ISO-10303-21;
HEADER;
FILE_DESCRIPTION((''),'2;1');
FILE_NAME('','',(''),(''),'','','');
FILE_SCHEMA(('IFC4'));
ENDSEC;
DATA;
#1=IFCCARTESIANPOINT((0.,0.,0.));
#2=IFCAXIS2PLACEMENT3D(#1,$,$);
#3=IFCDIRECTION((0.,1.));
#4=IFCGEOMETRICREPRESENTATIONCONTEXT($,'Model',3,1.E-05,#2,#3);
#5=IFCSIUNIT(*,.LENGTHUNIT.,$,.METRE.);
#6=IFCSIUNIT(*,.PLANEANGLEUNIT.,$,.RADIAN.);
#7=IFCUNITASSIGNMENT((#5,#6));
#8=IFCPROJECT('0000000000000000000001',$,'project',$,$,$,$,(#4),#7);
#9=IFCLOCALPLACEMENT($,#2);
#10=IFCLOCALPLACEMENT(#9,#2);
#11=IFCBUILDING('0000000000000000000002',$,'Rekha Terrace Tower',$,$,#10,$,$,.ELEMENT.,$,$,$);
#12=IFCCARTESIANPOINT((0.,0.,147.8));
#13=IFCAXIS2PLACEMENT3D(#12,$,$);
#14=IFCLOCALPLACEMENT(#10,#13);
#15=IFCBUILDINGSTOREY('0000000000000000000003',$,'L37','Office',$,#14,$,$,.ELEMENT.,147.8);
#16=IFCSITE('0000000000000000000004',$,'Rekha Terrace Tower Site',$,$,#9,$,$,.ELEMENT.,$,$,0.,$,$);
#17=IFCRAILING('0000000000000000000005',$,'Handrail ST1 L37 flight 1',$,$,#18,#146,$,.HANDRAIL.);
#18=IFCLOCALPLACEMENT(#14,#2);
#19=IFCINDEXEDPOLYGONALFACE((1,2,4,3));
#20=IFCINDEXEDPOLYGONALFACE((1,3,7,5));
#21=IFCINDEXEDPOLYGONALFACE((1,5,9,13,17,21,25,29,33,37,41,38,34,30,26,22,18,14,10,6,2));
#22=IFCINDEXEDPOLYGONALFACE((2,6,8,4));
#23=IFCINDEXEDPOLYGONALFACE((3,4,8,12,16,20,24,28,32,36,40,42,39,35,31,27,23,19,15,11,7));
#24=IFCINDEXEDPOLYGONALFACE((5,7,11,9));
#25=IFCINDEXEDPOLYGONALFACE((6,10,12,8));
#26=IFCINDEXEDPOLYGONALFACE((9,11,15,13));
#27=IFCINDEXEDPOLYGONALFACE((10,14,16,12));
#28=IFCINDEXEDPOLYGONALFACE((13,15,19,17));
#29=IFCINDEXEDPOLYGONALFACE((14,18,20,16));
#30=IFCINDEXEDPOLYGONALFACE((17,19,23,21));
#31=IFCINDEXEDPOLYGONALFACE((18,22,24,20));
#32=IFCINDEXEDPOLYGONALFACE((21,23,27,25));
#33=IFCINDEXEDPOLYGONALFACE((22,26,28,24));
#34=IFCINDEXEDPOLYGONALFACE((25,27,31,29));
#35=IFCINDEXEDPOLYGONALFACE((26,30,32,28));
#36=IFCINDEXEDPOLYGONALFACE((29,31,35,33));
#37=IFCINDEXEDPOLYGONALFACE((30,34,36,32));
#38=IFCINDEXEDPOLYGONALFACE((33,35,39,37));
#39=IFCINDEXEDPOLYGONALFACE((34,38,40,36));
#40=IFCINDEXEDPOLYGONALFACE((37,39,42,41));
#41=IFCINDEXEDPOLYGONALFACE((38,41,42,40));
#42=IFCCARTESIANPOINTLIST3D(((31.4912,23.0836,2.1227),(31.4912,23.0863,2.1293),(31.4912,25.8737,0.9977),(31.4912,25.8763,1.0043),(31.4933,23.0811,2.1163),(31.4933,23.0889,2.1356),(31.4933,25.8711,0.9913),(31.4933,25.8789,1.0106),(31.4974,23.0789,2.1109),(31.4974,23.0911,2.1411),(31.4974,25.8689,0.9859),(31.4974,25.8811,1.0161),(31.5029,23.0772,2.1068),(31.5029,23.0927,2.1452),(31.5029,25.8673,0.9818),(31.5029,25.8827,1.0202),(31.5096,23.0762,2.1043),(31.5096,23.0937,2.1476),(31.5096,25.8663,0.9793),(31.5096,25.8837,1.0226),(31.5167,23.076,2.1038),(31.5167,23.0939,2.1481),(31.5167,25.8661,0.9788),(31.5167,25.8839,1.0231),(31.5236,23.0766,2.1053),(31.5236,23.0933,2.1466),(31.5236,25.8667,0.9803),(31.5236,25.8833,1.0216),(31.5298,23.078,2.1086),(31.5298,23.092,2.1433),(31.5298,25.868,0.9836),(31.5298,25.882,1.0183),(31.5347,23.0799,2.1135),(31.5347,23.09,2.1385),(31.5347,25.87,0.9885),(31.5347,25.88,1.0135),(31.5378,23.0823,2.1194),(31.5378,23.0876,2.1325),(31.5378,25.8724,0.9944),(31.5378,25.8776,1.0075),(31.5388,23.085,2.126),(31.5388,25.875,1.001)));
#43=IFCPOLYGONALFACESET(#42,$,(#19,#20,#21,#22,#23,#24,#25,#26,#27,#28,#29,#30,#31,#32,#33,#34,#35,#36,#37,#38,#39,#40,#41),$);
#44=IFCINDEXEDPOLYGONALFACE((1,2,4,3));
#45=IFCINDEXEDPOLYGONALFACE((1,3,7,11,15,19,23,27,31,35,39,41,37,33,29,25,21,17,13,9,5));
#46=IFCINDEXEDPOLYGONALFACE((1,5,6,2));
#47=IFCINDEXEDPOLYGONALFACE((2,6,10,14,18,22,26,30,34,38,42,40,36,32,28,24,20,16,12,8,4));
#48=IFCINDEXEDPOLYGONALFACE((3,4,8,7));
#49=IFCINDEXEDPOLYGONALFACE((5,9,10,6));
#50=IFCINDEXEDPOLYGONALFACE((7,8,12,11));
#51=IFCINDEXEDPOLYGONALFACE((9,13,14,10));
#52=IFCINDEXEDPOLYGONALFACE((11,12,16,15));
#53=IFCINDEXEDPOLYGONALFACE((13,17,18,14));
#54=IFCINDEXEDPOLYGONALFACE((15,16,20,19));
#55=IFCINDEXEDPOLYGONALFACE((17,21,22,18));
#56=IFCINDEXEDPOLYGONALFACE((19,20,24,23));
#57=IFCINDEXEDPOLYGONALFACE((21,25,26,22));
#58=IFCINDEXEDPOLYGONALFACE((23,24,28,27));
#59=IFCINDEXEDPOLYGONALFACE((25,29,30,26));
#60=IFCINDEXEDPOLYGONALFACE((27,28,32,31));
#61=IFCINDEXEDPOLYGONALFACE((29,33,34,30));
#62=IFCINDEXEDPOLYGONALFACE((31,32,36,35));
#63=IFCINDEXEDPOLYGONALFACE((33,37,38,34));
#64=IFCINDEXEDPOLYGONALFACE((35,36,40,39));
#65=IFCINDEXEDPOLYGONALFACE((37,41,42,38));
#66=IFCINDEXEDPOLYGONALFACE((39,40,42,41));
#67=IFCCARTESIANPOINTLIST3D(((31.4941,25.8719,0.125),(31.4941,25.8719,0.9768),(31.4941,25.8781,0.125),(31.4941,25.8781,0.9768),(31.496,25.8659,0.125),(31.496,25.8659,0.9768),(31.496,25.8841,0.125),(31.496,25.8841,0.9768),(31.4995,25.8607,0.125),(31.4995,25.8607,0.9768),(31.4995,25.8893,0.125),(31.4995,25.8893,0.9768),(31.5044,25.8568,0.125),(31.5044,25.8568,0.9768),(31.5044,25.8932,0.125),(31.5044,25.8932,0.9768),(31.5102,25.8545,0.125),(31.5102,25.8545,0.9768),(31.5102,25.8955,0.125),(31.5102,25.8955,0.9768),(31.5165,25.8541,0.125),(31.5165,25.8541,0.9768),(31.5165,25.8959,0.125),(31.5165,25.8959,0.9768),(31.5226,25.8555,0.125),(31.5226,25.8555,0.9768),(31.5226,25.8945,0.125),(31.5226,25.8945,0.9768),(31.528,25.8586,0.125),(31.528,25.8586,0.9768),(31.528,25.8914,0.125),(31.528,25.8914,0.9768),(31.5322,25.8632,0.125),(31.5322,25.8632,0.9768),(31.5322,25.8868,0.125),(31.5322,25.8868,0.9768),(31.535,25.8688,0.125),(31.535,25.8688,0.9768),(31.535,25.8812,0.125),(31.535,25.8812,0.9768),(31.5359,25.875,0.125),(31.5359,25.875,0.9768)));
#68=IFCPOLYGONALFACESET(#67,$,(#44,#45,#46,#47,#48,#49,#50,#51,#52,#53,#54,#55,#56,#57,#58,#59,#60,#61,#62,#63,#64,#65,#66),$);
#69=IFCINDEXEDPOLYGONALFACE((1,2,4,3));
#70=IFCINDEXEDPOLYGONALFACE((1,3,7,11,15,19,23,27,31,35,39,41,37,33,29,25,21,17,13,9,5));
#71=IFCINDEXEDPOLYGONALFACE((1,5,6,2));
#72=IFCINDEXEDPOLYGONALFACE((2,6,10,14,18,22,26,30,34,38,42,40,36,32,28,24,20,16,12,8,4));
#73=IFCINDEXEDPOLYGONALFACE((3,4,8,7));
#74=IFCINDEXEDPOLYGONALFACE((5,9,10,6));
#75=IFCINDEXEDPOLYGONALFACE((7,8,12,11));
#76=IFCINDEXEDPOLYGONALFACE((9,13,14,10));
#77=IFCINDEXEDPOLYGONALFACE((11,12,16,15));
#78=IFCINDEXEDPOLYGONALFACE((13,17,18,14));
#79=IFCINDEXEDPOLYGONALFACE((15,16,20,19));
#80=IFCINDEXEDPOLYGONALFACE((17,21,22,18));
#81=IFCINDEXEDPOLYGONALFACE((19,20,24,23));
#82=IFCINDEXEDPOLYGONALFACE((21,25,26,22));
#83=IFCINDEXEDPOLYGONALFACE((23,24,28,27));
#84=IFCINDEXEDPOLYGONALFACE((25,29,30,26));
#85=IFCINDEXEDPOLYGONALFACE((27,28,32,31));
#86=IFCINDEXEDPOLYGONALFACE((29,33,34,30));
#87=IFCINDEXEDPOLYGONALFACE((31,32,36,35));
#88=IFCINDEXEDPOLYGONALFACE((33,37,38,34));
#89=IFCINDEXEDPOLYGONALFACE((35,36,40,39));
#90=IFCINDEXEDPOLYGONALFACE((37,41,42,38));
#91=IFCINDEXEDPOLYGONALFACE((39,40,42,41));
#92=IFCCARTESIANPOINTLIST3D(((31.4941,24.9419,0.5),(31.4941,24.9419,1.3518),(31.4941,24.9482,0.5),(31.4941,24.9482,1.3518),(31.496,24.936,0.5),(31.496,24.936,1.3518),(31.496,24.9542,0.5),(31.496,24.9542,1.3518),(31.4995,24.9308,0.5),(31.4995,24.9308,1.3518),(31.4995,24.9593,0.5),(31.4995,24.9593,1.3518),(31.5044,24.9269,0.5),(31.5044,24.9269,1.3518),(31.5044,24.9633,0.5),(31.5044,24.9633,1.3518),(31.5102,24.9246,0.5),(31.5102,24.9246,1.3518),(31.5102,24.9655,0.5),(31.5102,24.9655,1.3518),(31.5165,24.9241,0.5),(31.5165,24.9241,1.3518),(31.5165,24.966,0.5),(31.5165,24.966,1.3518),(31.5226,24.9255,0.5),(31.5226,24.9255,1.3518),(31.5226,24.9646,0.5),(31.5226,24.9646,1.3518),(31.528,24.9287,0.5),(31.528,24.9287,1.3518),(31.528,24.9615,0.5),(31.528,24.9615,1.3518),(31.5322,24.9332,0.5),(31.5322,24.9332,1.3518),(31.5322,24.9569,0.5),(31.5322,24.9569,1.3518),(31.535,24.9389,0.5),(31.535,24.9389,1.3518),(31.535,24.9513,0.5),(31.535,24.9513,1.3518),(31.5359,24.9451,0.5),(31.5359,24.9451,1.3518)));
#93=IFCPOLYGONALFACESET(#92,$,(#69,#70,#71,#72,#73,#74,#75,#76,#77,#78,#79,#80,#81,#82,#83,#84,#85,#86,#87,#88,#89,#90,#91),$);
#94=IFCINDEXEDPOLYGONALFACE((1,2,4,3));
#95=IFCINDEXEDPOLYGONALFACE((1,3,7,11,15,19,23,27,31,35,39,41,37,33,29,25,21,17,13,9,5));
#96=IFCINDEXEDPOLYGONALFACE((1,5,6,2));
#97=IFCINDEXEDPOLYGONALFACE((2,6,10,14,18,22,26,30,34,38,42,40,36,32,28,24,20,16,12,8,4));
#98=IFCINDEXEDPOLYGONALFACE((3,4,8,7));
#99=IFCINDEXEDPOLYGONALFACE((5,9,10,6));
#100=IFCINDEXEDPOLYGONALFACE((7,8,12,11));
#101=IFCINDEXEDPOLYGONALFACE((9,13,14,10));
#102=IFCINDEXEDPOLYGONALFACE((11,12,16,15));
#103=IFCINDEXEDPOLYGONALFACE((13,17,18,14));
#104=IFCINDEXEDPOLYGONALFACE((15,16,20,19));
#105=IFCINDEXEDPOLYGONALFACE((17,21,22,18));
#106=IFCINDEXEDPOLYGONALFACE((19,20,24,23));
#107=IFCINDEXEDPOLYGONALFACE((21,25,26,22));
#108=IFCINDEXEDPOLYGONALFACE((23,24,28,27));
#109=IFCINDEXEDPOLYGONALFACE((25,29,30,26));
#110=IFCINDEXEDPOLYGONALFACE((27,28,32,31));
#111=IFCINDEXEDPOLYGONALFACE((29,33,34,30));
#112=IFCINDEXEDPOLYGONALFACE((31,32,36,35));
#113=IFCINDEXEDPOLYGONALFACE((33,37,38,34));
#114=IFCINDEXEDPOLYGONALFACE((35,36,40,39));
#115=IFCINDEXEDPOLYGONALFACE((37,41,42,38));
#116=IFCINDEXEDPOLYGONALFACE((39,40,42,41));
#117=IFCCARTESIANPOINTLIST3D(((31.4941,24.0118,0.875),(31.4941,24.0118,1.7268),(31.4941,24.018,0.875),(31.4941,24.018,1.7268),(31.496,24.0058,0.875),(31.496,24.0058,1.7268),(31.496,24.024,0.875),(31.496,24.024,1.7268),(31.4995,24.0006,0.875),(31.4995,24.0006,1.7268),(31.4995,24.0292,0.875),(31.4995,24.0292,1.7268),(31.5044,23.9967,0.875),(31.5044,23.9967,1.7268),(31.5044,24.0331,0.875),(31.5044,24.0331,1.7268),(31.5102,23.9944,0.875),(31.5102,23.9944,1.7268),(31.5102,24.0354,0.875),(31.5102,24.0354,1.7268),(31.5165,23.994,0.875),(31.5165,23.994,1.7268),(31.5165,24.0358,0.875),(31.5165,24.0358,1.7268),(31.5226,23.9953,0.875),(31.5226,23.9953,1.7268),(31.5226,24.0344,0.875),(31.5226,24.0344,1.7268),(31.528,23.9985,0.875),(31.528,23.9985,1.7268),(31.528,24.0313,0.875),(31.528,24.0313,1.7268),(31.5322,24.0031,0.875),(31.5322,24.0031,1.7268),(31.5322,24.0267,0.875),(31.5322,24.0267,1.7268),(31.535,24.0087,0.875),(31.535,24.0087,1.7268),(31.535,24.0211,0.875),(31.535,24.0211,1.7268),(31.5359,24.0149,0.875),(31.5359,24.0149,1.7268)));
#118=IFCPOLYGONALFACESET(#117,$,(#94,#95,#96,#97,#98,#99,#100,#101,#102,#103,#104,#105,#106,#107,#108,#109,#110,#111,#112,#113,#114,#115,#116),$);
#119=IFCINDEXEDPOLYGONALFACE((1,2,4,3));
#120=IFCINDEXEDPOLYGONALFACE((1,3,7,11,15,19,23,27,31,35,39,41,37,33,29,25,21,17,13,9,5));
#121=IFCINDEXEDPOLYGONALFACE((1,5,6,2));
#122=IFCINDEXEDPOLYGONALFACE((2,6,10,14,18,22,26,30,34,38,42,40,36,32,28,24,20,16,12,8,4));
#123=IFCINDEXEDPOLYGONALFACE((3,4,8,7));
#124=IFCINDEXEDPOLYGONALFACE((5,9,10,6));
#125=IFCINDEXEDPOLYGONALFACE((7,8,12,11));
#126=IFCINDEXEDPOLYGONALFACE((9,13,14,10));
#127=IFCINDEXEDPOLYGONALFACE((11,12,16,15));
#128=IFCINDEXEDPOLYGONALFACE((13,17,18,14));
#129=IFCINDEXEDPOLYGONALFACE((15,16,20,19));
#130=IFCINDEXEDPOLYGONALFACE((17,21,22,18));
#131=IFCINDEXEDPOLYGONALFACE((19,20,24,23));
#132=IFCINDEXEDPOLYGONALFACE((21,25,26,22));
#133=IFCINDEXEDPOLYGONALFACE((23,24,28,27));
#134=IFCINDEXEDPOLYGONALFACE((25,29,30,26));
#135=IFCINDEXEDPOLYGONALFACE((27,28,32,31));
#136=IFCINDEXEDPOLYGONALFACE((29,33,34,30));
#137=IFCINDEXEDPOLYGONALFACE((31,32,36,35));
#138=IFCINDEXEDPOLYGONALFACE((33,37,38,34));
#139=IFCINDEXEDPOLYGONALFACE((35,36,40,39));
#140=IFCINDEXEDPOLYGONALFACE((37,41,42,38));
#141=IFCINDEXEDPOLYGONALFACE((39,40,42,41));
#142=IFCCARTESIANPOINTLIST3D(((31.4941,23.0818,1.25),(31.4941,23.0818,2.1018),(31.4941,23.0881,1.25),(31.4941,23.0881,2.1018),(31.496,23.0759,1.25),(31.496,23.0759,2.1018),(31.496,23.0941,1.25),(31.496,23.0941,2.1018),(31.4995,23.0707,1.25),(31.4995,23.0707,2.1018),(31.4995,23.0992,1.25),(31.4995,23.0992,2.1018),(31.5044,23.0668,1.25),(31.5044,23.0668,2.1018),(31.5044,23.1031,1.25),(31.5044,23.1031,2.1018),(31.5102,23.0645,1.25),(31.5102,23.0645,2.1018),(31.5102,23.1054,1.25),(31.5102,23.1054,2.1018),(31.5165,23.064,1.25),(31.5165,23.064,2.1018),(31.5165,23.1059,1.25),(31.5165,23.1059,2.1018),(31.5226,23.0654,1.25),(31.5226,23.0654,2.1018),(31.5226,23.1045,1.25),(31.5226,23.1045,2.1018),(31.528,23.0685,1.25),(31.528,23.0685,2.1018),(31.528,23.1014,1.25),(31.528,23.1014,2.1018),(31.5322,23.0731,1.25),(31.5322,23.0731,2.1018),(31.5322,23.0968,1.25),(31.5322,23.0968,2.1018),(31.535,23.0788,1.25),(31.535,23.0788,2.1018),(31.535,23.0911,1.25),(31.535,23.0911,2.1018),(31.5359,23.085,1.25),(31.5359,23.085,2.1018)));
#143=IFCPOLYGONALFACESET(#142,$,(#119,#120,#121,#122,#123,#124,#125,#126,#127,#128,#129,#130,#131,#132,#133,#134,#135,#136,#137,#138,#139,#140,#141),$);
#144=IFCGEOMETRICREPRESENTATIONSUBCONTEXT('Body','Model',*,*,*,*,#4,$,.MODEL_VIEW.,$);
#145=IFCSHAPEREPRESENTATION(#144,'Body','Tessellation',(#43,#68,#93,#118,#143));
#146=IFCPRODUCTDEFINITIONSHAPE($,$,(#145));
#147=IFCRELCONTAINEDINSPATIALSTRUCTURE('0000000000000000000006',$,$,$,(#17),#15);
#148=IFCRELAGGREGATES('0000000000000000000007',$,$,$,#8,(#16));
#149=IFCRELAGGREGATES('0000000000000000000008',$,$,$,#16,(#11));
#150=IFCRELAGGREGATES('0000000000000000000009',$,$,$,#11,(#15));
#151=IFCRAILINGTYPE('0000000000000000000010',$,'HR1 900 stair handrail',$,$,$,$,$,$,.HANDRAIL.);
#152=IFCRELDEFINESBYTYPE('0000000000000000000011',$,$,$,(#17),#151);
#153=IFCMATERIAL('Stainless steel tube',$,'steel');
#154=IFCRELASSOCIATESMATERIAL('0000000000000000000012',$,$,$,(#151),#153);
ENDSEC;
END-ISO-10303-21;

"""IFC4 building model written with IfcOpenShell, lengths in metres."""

from ifc_helpers import new_model, si_unit, direction, frame, origin, origin_2d, place, context, subcontext, project, spatial, circle, extrude, material, type_object, element, save


model = new_model("IFC4")

# Units and contexts
model_context = context("Model", 3, precision=1e-05, world=origin(), true_north=direction((0.0, 1.0)))
body_context = subcontext(model_context, "Body", "Model", "MODEL_VIEW")
ifc_project = project(units=[si_unit("LENGTHUNIT", "METRE"), si_unit("PLANEANGLEUNIT", "RADIAN")], contexts=[model_context])

# Site, building, storey
site_placement = place(None, origin())
site = spatial("IfcSite", under=ifc_project, at=site_placement, Name="Rekha Terrace Tower Site", CompositionType="ELEMENT", RefElevation=0.0)
building_placement = place(site_placement, origin())
building = spatial("IfcBuilding", under=site, at=building_placement, Name="Rekha Terrace Tower", CompositionType="ELEMENT")
storey_placement = place(building_placement, frame((0.0, 0.0, 147.8)))
storey = spatial("IfcBuildingStorey", under=building, at=storey_placement, Name="L37", Description="Office", CompositionType="ELEMENT", Elevation=147.8)

# Railing
ifc_material_1 = material(Name="Stainless steel tube", Category="steel")
railing_type = type_object("IfcRailingType", Name="HR1 900 stair handrail", PredefinedType="HANDRAIL", material=ifc_material_1)
railing_placement = place(storey_placement, frame((31.5149, 25.875, 0.125)))
element("IfcRailing", 1, at=railing_placement, inside=storey, type_object=railing_type, Name="Handrail ST1 L37 flight 1", PredefinedType="HANDRAIL", context=body_context, shape_type="SweptSolid", body=[
    extrude(circle(Radius=0.0239, at=origin_2d()), frame((0.0, 0.0, 0.876), z_axis=(0.0, -0.927443, 0.373964), x_axis=(1.0, 0.0, 0.0)), (0.0, 0.0, 1.0), 3.0083),
    extrude(circle(Radius=0.021, at=origin_2d()), origin(), (0.0, 0.0, 1.0), 0.8518),
    extrude(circle(Radius=0.021, at=origin_2d()), frame((0.0, -0.9299, 0.375)), (0.0, 0.0, 1.0), 0.8518),
    extrude(circle(Radius=0.021, at=origin_2d()), frame((0.0, -1.8601, 0.75)), (0.0, 0.0, 1.0), 0.8518),
    extrude(circle(Radius=0.021, at=origin_2d()), frame((0.0, -2.79, 1.125)), (0.0, 0.0, 1.0), 0.8518),
])

save(model, "model.ifc")
